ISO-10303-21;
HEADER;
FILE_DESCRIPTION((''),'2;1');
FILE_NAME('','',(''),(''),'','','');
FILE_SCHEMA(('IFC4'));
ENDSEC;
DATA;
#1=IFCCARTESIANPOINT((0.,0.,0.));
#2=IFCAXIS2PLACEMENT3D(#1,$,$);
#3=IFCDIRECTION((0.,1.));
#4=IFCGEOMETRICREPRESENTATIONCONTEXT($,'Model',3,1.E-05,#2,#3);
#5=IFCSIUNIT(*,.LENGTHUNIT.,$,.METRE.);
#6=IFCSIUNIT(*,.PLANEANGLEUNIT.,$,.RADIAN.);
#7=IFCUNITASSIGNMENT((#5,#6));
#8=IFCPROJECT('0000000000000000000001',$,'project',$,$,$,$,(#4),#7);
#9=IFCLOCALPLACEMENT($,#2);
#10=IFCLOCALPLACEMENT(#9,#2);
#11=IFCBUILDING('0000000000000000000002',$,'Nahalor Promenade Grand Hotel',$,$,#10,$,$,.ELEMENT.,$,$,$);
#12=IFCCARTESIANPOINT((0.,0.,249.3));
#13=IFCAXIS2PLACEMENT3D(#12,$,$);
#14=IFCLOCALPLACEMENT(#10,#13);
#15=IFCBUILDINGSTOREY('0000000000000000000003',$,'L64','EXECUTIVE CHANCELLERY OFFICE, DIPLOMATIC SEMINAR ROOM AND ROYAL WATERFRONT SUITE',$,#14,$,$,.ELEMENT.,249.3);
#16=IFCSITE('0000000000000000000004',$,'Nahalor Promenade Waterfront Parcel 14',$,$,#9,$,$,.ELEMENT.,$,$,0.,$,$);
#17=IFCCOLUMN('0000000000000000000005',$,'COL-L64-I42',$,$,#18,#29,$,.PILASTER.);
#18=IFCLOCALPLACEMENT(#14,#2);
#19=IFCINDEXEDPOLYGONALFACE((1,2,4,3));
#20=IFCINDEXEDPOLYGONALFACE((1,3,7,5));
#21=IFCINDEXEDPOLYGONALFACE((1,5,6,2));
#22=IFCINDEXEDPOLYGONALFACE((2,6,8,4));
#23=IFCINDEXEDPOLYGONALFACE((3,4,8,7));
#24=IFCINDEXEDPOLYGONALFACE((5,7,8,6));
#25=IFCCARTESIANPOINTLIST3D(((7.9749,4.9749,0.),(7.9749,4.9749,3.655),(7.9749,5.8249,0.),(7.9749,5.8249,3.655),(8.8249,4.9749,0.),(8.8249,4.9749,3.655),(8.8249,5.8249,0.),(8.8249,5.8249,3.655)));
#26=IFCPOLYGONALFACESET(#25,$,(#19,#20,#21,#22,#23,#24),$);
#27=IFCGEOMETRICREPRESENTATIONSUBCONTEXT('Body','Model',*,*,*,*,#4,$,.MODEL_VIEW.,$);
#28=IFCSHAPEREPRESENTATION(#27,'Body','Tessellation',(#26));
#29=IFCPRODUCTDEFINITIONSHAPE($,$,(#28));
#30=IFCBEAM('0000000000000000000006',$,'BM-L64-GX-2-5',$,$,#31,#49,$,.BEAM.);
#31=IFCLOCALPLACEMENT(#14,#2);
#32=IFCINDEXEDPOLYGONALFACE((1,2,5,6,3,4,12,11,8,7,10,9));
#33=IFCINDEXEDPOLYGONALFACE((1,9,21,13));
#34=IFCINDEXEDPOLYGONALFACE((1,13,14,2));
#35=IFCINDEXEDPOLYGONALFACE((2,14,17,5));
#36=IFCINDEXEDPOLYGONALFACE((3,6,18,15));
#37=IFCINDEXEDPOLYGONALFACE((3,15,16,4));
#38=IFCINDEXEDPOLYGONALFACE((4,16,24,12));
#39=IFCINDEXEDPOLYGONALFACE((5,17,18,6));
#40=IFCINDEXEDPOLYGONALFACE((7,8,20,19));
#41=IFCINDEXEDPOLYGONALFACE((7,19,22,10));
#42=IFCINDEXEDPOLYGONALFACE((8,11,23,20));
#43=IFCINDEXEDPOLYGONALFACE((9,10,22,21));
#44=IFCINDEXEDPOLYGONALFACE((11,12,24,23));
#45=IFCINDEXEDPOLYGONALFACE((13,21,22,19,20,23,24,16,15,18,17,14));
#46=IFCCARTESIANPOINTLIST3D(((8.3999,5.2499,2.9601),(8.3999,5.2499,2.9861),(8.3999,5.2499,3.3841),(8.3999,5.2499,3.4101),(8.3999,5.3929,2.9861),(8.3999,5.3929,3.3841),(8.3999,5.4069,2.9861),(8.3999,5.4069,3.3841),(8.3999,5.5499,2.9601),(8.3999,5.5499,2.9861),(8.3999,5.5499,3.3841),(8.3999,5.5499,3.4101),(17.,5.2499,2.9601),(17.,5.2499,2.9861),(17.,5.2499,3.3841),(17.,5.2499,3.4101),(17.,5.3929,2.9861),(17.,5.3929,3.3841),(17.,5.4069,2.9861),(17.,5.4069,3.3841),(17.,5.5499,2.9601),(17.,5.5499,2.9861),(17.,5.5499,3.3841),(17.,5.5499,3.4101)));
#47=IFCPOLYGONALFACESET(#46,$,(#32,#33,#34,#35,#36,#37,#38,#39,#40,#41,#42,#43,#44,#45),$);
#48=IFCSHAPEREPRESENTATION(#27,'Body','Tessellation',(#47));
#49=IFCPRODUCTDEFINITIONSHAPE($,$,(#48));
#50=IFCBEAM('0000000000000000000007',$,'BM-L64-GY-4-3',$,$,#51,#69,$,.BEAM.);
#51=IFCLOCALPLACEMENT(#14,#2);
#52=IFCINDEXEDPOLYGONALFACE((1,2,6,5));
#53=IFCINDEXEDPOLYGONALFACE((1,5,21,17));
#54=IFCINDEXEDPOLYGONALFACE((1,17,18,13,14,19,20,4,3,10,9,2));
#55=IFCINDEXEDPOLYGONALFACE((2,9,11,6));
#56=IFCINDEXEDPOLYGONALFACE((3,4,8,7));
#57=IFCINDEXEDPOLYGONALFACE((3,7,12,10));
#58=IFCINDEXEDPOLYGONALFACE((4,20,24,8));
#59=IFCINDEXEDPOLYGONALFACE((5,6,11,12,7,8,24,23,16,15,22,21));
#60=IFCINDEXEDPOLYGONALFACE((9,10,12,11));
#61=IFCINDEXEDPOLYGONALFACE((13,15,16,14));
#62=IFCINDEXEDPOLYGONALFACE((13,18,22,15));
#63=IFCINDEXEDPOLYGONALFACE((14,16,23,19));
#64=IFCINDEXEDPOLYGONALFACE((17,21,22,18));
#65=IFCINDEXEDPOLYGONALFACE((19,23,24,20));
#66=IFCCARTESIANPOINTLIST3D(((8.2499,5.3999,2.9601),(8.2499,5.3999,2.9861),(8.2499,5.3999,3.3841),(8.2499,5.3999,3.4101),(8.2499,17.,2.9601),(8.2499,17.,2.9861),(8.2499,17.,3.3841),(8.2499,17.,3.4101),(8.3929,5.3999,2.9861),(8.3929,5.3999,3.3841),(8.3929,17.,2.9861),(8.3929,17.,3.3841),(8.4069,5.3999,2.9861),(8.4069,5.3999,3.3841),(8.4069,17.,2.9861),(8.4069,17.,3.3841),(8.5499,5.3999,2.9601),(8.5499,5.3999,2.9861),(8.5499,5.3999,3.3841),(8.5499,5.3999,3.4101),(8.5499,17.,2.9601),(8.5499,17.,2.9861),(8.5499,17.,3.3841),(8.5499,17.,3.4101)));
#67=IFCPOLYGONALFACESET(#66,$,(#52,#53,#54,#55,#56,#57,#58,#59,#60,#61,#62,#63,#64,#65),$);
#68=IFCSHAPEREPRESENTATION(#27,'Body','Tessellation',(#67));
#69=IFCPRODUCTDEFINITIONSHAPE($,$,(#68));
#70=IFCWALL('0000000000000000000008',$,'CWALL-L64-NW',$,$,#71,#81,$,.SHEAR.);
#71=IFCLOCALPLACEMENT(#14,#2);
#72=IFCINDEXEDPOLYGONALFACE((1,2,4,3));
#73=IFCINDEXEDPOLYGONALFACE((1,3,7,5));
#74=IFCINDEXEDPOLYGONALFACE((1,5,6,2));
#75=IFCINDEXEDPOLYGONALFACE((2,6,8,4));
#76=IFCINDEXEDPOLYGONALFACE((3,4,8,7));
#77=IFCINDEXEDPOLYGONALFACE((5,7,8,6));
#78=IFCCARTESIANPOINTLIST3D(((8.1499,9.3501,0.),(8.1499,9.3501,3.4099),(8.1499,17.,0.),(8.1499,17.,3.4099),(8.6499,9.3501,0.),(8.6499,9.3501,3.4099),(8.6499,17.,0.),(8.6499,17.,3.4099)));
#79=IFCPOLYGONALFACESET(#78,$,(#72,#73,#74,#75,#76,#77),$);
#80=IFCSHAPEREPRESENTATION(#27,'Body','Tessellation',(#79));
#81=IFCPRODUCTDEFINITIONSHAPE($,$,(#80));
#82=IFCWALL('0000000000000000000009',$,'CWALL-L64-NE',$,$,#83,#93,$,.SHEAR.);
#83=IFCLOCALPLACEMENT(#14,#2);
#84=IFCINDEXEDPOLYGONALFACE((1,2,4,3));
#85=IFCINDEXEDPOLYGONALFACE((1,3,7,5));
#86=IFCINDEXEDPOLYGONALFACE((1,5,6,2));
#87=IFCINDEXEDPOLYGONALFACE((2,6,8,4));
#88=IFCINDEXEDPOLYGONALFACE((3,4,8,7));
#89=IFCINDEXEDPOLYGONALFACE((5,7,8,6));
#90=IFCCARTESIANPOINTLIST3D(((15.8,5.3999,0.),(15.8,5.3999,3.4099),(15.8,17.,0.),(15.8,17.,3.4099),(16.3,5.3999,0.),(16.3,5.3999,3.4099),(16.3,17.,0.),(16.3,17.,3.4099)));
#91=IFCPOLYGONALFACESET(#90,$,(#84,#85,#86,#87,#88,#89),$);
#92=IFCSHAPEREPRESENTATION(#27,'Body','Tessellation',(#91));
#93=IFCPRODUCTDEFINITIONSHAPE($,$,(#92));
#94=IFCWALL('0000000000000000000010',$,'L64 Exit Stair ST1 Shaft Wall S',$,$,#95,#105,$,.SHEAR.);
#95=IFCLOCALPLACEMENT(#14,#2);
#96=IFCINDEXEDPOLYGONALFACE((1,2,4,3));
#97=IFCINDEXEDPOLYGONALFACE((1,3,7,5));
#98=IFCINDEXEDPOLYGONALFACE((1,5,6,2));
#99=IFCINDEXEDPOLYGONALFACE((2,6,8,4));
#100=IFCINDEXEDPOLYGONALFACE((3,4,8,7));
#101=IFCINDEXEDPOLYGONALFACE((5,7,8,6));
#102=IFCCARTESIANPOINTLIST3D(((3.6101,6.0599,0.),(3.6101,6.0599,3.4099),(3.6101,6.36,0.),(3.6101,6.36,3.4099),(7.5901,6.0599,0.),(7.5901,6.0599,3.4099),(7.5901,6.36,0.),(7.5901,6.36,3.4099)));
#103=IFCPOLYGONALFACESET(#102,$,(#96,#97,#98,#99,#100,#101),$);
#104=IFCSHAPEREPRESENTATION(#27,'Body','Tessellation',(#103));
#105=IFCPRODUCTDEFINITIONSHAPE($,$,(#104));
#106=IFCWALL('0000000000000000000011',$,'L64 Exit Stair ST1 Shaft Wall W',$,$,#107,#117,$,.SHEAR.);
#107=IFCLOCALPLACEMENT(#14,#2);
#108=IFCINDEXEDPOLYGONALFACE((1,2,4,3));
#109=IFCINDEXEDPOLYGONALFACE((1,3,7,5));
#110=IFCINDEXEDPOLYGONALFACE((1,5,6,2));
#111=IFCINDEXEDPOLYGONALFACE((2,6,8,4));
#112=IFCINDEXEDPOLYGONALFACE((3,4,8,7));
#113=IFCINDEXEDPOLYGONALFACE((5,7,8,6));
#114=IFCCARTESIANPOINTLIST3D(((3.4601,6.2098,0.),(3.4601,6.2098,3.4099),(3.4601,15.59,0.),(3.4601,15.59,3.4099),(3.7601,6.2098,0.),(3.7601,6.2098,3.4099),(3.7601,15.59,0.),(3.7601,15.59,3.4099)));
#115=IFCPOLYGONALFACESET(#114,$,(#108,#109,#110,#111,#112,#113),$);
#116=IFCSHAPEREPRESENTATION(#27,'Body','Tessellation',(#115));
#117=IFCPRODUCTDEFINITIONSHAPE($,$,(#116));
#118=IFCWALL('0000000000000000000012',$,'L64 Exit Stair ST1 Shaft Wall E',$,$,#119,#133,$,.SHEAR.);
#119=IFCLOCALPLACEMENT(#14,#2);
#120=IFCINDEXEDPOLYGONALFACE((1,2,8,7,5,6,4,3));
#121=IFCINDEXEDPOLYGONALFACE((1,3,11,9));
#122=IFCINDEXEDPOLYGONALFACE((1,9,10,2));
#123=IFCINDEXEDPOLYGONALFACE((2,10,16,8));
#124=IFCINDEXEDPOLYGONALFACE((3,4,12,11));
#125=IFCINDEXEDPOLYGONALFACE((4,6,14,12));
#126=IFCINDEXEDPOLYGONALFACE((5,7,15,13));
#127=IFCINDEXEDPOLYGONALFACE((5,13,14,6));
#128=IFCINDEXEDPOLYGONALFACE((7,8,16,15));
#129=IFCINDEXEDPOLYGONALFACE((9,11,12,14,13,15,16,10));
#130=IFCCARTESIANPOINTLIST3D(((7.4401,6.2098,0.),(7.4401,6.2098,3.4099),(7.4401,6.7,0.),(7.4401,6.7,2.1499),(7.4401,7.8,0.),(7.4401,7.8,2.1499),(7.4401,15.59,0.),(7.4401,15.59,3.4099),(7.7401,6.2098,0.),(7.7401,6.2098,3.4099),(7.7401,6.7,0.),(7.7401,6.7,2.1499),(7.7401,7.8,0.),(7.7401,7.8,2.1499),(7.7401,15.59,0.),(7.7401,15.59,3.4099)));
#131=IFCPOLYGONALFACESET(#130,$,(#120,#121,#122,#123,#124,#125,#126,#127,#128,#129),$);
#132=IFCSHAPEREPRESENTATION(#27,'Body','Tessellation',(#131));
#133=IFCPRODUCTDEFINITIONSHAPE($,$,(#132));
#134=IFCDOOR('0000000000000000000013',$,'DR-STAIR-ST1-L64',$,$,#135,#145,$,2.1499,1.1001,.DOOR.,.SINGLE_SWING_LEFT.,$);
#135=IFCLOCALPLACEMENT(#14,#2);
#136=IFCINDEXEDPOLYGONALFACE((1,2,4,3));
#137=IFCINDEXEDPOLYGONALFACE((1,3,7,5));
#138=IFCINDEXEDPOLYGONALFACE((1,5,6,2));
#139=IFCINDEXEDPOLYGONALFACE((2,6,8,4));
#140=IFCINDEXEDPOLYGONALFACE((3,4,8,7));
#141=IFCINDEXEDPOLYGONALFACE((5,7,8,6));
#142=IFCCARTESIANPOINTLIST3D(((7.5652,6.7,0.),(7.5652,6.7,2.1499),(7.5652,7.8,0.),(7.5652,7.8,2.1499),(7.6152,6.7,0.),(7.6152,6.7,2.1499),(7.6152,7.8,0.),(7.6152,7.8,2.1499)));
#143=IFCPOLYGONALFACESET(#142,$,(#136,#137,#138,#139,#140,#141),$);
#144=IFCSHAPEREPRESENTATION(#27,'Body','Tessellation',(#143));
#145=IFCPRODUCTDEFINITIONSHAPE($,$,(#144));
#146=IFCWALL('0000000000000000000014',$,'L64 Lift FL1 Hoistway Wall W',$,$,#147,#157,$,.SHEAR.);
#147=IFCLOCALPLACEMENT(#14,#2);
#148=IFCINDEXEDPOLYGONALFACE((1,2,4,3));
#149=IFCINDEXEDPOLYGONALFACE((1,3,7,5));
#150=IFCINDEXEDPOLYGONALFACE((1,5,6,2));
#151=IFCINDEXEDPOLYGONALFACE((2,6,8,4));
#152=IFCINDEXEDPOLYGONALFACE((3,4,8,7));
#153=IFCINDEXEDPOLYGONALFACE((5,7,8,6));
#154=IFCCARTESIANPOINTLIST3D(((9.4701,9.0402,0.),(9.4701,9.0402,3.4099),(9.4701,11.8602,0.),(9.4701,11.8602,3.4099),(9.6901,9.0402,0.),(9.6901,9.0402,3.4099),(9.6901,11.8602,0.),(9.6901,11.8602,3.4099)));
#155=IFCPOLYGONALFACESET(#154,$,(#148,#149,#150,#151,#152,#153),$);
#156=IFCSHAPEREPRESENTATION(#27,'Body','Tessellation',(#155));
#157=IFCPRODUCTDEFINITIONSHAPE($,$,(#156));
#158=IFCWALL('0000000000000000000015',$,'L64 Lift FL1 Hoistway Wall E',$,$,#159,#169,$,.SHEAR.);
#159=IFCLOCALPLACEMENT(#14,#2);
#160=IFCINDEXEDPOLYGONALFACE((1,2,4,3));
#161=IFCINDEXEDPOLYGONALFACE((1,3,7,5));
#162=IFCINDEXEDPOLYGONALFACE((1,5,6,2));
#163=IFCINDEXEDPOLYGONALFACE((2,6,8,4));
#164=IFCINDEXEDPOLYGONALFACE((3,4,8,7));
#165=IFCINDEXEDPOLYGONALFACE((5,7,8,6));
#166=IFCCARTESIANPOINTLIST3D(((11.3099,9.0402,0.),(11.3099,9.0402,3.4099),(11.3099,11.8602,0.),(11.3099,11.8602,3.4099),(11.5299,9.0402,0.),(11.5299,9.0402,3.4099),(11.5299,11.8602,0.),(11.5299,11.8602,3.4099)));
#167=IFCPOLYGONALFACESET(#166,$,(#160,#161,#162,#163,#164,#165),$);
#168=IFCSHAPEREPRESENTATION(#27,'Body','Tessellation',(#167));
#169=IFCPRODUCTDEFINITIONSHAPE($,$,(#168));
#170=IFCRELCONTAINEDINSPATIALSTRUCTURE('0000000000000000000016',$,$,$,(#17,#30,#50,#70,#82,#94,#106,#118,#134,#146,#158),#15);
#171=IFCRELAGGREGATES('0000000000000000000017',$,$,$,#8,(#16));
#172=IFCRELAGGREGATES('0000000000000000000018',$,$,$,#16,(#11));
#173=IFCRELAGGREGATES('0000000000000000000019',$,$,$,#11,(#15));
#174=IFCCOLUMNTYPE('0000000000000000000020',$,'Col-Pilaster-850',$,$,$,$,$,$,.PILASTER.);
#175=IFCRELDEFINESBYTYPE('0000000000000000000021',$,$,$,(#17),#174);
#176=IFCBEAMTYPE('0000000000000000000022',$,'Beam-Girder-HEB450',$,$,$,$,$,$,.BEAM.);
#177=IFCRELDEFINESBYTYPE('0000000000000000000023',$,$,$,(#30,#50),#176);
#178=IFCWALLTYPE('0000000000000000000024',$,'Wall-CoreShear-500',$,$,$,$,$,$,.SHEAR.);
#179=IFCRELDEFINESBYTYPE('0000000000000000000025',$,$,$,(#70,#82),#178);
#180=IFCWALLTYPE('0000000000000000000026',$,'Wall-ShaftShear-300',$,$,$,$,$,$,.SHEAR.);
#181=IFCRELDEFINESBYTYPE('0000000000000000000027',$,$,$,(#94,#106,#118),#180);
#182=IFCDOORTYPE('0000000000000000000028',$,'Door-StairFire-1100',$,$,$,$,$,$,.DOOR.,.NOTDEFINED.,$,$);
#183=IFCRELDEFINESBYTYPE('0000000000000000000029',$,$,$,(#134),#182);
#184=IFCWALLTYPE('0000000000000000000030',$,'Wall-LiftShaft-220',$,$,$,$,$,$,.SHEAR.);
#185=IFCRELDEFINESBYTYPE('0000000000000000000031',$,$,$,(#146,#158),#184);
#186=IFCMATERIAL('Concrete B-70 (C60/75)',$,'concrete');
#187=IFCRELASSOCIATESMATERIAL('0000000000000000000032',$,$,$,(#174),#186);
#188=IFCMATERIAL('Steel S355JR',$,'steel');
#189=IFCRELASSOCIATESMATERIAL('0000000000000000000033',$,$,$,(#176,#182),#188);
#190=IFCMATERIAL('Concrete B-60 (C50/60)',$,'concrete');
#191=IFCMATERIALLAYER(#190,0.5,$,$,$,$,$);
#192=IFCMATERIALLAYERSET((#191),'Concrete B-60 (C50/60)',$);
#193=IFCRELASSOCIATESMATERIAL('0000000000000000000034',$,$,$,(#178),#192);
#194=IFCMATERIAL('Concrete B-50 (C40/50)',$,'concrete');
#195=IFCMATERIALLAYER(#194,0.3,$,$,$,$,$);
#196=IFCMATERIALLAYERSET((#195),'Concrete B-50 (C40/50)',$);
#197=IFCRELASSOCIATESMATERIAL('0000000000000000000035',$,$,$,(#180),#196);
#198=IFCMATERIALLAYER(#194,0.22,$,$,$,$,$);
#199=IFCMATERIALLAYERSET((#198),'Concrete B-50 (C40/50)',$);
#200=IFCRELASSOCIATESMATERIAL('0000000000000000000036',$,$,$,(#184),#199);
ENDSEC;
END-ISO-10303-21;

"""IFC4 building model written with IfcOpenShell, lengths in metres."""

from ifc_helpers import new_model, si_unit, direction, frame, frame_2d, origin, origin_2d, place, context, subcontext, project, spatial, rectangle, i_section, extrude, source, transform, mapped, material, layer, layer_set, material_profile, profile_set, type_object, element, fill, save


model = new_model("IFC4")

# Units and contexts
model_context = context("Model", 3, precision=1e-05, world=origin(), true_north=direction((0.0, 1.0)))
body_context = subcontext(model_context, "Body", "Model", "MODEL_VIEW")
ifc_project = project(units=[si_unit("LENGTHUNIT", "METRE"), si_unit("PLANEANGLEUNIT", "RADIAN")], contexts=[model_context])

# Site, building, storey
site_placement = place(None, origin())
site = spatial("IfcSite", under=ifc_project, at=site_placement, Name="Nahalor Promenade Waterfront Parcel 14", CompositionType="ELEMENT", RefElevation=0.0)
building_placement = place(site_placement, origin())
building = spatial("IfcBuilding", under=site, at=building_placement, Name="Nahalor Promenade Grand Hotel", CompositionType="ELEMENT")
storey_placement = place(building_placement, frame((0.0, 0.0, 249.3)))
storey = spatial("IfcBuildingStorey", under=building, at=storey_placement, Name="L64", Description="EXECUTIVE CHANCELLERY OFFICE, DIPLOMATIC SEMINAR ROOM AND ROYAL WATERFRONT SUITE", CompositionType="ELEMENT", Elevation=249.3)

# Column
ifc_material_1 = material(Name="Concrete B-70 (C60/75)", Category="concrete")
ifc_material_profile_1 = material_profile(ifc_material_1, rectangle(XDim=0.85, YDim=0.85, at=origin_2d()), Name="RC 850x850")
ifc_profile_set_1 = profile_set([ifc_material_profile_1], Name="Concrete B-70 (C60/75)")
column_type = type_object("IfcColumnType", Name="Col-Pilaster-850", PredefinedType="PILASTER", material=ifc_profile_set_1)
shared_shape_1 = source(origin(), body_context, "Body", "SweptSolid", [
    extrude(rectangle(XDim=0.85, YDim=0.85, at=origin_2d()), origin(), (0.0, 0.0, 1.0), 3.655),
])
column_placement = place(storey_placement, frame((8.3999, 5.3999, 0.0), z_axis=(0.0, 0.0, 1.0), x_axis=(1.0, 0.0, 0.0)))
element("IfcColumn", 1, at=column_placement, inside=storey, type_object=column_type, Name="COL-L64-I42", PredefinedType="PILASTER", context=body_context, shape_type="MappedRepresentation", body=[
    mapped(shared_shape_1, transform((0.0, 0.0, 0.0), scale=1.0)),
])

# Beams
ifc_material_2 = material(Name="Steel S355JR", Category="steel")
ifc_material_profile_2 = material_profile(ifc_material_2, i_section(OverallWidth=0.3, OverallDepth=0.45, WebThickness=0.014, FlangeThickness=0.026, at=origin_2d()), Name="HEB 450")
ifc_profile_set_2 = profile_set([ifc_material_profile_2], Name="Steel S355JR")
beam_type = type_object("IfcBeamType", Name="Beam-Girder-HEB450", PredefinedType="BEAM", material=ifc_profile_set_2)
shared_shape_2 = source(origin(), body_context, "Body", "SweptSolid", [
    extrude(i_section(OverallWidth=0.3, OverallDepth=0.45, WebThickness=0.014, FlangeThickness=0.026, at=origin_2d()), origin(), (0.0, 0.0, 1.0), 8.6001),
])
beam_1_placement = place(storey_placement, frame((8.3999, 5.3999, 3.1851), z_axis=(1.0, 0.0, 0.0), x_axis=(0.0, 1.0, 0.0)))
element("IfcBeam", 2, at=beam_1_placement, inside=storey, type_object=beam_type, Name="BM-L64-GX-2-5", PredefinedType="BEAM", context=body_context, shape_type="MappedRepresentation", body=[
    mapped(shared_shape_2, transform((0.0, 0.0, 0.0), scale=1.0)),
])
shared_shape_3 = source(origin(), body_context, "Body", "SweptSolid", [
    extrude(i_section(OverallWidth=0.3, OverallDepth=0.45, WebThickness=0.014, FlangeThickness=0.026, at=origin_2d()), origin(), (0.0, 0.0, 1.0), 11.6001),
])
beam_2_placement = place(storey_placement, frame((8.3999, 5.3999, 3.1851), z_axis=(0.0, 1.0, 0.0), x_axis=(-1.0, 0.0, 0.0)))
element("IfcBeam", 3, at=beam_2_placement, inside=storey, type_object=beam_type, Name="BM-L64-GY-4-3", PredefinedType="BEAM", context=body_context, shape_type="MappedRepresentation", body=[
    mapped(shared_shape_3, transform((0.0, 0.0, 0.0), scale=1.0)),
])

# Walls
ifc_material_3 = material(Name="Concrete B-60 (C50/60)", Category="concrete")
ifc_layer_1 = layer(ifc_material_3, 0.5)
ifc_layer_set_1 = layer_set([ifc_layer_1], Name="Concrete B-60 (C50/60)")
wall_type_1 = type_object("IfcWallType", Name="Wall-CoreShear-500", PredefinedType="SHEAR", material=ifc_layer_set_1)
shared_shape_4 = source(origin(), body_context, "Body", "SweptSolid", [
    extrude(rectangle(XDim=7.6499, YDim=0.5, at=frame_2d((3.825, 0.0))), origin(), (0.0, 0.0, 1.0), 3.4099),
])
wall_1_placement = place(storey_placement, frame((8.3999, 9.3501, 0.0), z_axis=(0.0, 0.0, 1.0), x_axis=(0.0, 1.0, 0.0)))
element("IfcWall", 4, at=wall_1_placement, inside=storey, type_object=wall_type_1, Name="CWALL-L64-NW", PredefinedType="SHEAR", context=body_context, shape_type="MappedRepresentation", body=[
    mapped(shared_shape_4, transform((0.0, 0.0, 0.0), scale=1.0)),
])
shared_shape_5 = source(origin(), body_context, "Body", "SweptSolid", [
    extrude(rectangle(XDim=11.6001, YDim=0.5, at=frame_2d((5.8, 0.0))), origin(), (0.0, 0.0, 1.0), 3.4099),
])
wall_2_placement = place(storey_placement, frame((16.05, 5.3999, 0.0), z_axis=(0.0, 0.0, 1.0), x_axis=(0.0, 1.0, 0.0)))
element("IfcWall", 5, at=wall_2_placement, inside=storey, type_object=wall_type_1, Name="CWALL-L64-NE", PredefinedType="SHEAR", context=body_context, shape_type="MappedRepresentation", body=[
    mapped(shared_shape_5, transform((0.0, 0.0, 0.0), scale=1.0)),
])
ifc_material_4 = material(Name="Concrete B-50 (C40/50)", Category="concrete")
ifc_layer_2 = layer(ifc_material_4, 0.3)
ifc_layer_set_2 = layer_set([ifc_layer_2], Name="Concrete B-50 (C40/50)")
wall_type_2 = type_object("IfcWallType", Name="Wall-ShaftShear-300", PredefinedType="SHEAR", material=ifc_layer_set_2)
shared_shape_6 = source(origin(), body_context, "Body", "SweptSolid", [
    extrude(rectangle(XDim=3.98, YDim=0.3, at=frame_2d((1.99, 0.0))), origin(), (0.0, 0.0, 1.0), 3.4099),
])
wall_3_placement = place(storey_placement, frame((3.6101, 6.21, 0.0), z_axis=(0.0, 0.0, 1.0), x_axis=(1.0, 0.0, 0.0)))
element("IfcWall", 6, at=wall_3_placement, inside=storey, type_object=wall_type_2, Name="L64 Exit Stair ST1 Shaft Wall S", PredefinedType="SHEAR", context=body_context, shape_type="MappedRepresentation", body=[
    mapped(shared_shape_6, transform((0.0, 0.0, 0.0), scale=1.0)),
])
shared_shape_7 = source(origin(), body_context, "Body", "SweptSolid", [
    extrude(rectangle(XDim=9.3801, YDim=0.3, at=frame_2d((4.6899, 0.0))), origin(), (0.0, 0.0, 1.0), 3.4099),
])
wall_4_placement = place(storey_placement, frame((3.6101, 6.21, 0.0), z_axis=(0.0, 0.0, 1.0), x_axis=(0.0, 1.0, 0.0)))
element("IfcWall", 7, at=wall_4_placement, inside=storey, type_object=wall_type_2, Name="L64 Exit Stair ST1 Shaft Wall W", PredefinedType="SHEAR", context=body_context, shape_type="MappedRepresentation", body=[
    mapped(shared_shape_7, transform((0.0, 0.0, 0.0), scale=1.0)),
])

# Wall, opening, door
wall_5_placement = place(storey_placement, frame((7.5901, 6.21, 0.0), z_axis=(0.0, 0.0, 1.0), x_axis=(0.0, 1.0, 0.0)))
wall_5 = element("IfcWall", 8, at=wall_5_placement, inside=storey, type_object=wall_type_2, Name="L64 Exit Stair ST1 Shaft Wall E", PredefinedType="SHEAR", context=body_context, shape_type="MappedRepresentation", body=[
    mapped(shared_shape_7, transform((0.0, 0.0, 0.0), scale=1.0)),
])
opening_1_placement = place(wall_5_placement, frame((0.49, 0.0, 0.0)))
opening_1 = element("IfcOpeningElement", 9, at=opening_1_placement, cuts=wall_5, PredefinedType="OPENING", context=body_context, shape_type="SweptSolid", body=[
    extrude(rectangle(XDim=1.1001, YDim=2.1499, at=frame_2d((0.55, 1.075))), frame((0.0, 0.1599, 0.0), z_axis=(0.0, -1.0, 0.0), x_axis=(1.0, 0.0, 0.0)), (0.0, 0.0, 1.0), 0.3201),
])
door_type_1 = type_object("IfcDoorType", Name="Door-StairFire-1100", OperationType="NOTDEFINED", PredefinedType="DOOR", material=ifc_material_2)
shared_shape_8 = source(origin(), body_context, "Body", "SweptSolid", [
    extrude(rectangle(XDim=1.1001, YDim=2.1499, at=frame_2d((0.55, 1.075))), frame((0.0, 0.0249, 0.0), z_axis=(0.0, -1.0, 0.0), x_axis=(1.0, 0.0, 0.0)), (0.0, 0.0, 1.0), 0.05),
])
door_1_placement = place(opening_1_placement, origin())
door_1 = element("IfcDoor", 10, at=door_1_placement, inside=storey, type_object=door_type_1, Name="DR-STAIR-ST1-L64", OperationType="SINGLE_SWING_LEFT", OverallHeight=2.1499, OverallWidth=1.1001, PredefinedType="DOOR", context=body_context, shape_type="MappedRepresentation", body=[
    mapped(shared_shape_8, transform((0.0, 0.0, 0.0), scale=1.0)),
])
fill(opening_1, door_1)

# Walls
ifc_layer_3 = layer(ifc_material_4, 0.22)
ifc_layer_set_3 = layer_set([ifc_layer_3], Name="Concrete B-50 (C40/50)")
wall_type_3 = type_object("IfcWallType", Name="Wall-LiftShaft-220", PredefinedType="SHEAR", material=ifc_layer_set_3)
shared_shape_9 = source(origin(), body_context, "Body", "SweptSolid", [
    extrude(rectangle(XDim=2.8201, YDim=0.22, at=frame_2d((1.4102, 0.0))), origin(), (0.0, 0.0, 1.0), 3.4099),
])
for number, where, z_axis, x_axis, name in (
    (11, (9.5801, 9.04, 0.0), (0.0, 0.0, 1.0), (0.0, 1.0, 0.0), "L64 Lift FL1 Hoistway Wall W"),
    (12, (11.4199, 9.04, 0.0), (0.0, 0.0, 1.0), (0.0, 1.0, 0.0), "L64 Lift FL1 Hoistway Wall E"),
):
    element("IfcWall", number, at=place(storey_placement, frame(where, z_axis=z_axis, x_axis=x_axis)), inside=storey, type_object=wall_type_3, Name=name, PredefinedType="SHEAR", context=body_context, shape_type="MappedRepresentation", body=[
        mapped(shared_shape_9, transform((0.0, 0.0, 0.0), scale=1.0)),
    ])

save(model, "model.ifc")
